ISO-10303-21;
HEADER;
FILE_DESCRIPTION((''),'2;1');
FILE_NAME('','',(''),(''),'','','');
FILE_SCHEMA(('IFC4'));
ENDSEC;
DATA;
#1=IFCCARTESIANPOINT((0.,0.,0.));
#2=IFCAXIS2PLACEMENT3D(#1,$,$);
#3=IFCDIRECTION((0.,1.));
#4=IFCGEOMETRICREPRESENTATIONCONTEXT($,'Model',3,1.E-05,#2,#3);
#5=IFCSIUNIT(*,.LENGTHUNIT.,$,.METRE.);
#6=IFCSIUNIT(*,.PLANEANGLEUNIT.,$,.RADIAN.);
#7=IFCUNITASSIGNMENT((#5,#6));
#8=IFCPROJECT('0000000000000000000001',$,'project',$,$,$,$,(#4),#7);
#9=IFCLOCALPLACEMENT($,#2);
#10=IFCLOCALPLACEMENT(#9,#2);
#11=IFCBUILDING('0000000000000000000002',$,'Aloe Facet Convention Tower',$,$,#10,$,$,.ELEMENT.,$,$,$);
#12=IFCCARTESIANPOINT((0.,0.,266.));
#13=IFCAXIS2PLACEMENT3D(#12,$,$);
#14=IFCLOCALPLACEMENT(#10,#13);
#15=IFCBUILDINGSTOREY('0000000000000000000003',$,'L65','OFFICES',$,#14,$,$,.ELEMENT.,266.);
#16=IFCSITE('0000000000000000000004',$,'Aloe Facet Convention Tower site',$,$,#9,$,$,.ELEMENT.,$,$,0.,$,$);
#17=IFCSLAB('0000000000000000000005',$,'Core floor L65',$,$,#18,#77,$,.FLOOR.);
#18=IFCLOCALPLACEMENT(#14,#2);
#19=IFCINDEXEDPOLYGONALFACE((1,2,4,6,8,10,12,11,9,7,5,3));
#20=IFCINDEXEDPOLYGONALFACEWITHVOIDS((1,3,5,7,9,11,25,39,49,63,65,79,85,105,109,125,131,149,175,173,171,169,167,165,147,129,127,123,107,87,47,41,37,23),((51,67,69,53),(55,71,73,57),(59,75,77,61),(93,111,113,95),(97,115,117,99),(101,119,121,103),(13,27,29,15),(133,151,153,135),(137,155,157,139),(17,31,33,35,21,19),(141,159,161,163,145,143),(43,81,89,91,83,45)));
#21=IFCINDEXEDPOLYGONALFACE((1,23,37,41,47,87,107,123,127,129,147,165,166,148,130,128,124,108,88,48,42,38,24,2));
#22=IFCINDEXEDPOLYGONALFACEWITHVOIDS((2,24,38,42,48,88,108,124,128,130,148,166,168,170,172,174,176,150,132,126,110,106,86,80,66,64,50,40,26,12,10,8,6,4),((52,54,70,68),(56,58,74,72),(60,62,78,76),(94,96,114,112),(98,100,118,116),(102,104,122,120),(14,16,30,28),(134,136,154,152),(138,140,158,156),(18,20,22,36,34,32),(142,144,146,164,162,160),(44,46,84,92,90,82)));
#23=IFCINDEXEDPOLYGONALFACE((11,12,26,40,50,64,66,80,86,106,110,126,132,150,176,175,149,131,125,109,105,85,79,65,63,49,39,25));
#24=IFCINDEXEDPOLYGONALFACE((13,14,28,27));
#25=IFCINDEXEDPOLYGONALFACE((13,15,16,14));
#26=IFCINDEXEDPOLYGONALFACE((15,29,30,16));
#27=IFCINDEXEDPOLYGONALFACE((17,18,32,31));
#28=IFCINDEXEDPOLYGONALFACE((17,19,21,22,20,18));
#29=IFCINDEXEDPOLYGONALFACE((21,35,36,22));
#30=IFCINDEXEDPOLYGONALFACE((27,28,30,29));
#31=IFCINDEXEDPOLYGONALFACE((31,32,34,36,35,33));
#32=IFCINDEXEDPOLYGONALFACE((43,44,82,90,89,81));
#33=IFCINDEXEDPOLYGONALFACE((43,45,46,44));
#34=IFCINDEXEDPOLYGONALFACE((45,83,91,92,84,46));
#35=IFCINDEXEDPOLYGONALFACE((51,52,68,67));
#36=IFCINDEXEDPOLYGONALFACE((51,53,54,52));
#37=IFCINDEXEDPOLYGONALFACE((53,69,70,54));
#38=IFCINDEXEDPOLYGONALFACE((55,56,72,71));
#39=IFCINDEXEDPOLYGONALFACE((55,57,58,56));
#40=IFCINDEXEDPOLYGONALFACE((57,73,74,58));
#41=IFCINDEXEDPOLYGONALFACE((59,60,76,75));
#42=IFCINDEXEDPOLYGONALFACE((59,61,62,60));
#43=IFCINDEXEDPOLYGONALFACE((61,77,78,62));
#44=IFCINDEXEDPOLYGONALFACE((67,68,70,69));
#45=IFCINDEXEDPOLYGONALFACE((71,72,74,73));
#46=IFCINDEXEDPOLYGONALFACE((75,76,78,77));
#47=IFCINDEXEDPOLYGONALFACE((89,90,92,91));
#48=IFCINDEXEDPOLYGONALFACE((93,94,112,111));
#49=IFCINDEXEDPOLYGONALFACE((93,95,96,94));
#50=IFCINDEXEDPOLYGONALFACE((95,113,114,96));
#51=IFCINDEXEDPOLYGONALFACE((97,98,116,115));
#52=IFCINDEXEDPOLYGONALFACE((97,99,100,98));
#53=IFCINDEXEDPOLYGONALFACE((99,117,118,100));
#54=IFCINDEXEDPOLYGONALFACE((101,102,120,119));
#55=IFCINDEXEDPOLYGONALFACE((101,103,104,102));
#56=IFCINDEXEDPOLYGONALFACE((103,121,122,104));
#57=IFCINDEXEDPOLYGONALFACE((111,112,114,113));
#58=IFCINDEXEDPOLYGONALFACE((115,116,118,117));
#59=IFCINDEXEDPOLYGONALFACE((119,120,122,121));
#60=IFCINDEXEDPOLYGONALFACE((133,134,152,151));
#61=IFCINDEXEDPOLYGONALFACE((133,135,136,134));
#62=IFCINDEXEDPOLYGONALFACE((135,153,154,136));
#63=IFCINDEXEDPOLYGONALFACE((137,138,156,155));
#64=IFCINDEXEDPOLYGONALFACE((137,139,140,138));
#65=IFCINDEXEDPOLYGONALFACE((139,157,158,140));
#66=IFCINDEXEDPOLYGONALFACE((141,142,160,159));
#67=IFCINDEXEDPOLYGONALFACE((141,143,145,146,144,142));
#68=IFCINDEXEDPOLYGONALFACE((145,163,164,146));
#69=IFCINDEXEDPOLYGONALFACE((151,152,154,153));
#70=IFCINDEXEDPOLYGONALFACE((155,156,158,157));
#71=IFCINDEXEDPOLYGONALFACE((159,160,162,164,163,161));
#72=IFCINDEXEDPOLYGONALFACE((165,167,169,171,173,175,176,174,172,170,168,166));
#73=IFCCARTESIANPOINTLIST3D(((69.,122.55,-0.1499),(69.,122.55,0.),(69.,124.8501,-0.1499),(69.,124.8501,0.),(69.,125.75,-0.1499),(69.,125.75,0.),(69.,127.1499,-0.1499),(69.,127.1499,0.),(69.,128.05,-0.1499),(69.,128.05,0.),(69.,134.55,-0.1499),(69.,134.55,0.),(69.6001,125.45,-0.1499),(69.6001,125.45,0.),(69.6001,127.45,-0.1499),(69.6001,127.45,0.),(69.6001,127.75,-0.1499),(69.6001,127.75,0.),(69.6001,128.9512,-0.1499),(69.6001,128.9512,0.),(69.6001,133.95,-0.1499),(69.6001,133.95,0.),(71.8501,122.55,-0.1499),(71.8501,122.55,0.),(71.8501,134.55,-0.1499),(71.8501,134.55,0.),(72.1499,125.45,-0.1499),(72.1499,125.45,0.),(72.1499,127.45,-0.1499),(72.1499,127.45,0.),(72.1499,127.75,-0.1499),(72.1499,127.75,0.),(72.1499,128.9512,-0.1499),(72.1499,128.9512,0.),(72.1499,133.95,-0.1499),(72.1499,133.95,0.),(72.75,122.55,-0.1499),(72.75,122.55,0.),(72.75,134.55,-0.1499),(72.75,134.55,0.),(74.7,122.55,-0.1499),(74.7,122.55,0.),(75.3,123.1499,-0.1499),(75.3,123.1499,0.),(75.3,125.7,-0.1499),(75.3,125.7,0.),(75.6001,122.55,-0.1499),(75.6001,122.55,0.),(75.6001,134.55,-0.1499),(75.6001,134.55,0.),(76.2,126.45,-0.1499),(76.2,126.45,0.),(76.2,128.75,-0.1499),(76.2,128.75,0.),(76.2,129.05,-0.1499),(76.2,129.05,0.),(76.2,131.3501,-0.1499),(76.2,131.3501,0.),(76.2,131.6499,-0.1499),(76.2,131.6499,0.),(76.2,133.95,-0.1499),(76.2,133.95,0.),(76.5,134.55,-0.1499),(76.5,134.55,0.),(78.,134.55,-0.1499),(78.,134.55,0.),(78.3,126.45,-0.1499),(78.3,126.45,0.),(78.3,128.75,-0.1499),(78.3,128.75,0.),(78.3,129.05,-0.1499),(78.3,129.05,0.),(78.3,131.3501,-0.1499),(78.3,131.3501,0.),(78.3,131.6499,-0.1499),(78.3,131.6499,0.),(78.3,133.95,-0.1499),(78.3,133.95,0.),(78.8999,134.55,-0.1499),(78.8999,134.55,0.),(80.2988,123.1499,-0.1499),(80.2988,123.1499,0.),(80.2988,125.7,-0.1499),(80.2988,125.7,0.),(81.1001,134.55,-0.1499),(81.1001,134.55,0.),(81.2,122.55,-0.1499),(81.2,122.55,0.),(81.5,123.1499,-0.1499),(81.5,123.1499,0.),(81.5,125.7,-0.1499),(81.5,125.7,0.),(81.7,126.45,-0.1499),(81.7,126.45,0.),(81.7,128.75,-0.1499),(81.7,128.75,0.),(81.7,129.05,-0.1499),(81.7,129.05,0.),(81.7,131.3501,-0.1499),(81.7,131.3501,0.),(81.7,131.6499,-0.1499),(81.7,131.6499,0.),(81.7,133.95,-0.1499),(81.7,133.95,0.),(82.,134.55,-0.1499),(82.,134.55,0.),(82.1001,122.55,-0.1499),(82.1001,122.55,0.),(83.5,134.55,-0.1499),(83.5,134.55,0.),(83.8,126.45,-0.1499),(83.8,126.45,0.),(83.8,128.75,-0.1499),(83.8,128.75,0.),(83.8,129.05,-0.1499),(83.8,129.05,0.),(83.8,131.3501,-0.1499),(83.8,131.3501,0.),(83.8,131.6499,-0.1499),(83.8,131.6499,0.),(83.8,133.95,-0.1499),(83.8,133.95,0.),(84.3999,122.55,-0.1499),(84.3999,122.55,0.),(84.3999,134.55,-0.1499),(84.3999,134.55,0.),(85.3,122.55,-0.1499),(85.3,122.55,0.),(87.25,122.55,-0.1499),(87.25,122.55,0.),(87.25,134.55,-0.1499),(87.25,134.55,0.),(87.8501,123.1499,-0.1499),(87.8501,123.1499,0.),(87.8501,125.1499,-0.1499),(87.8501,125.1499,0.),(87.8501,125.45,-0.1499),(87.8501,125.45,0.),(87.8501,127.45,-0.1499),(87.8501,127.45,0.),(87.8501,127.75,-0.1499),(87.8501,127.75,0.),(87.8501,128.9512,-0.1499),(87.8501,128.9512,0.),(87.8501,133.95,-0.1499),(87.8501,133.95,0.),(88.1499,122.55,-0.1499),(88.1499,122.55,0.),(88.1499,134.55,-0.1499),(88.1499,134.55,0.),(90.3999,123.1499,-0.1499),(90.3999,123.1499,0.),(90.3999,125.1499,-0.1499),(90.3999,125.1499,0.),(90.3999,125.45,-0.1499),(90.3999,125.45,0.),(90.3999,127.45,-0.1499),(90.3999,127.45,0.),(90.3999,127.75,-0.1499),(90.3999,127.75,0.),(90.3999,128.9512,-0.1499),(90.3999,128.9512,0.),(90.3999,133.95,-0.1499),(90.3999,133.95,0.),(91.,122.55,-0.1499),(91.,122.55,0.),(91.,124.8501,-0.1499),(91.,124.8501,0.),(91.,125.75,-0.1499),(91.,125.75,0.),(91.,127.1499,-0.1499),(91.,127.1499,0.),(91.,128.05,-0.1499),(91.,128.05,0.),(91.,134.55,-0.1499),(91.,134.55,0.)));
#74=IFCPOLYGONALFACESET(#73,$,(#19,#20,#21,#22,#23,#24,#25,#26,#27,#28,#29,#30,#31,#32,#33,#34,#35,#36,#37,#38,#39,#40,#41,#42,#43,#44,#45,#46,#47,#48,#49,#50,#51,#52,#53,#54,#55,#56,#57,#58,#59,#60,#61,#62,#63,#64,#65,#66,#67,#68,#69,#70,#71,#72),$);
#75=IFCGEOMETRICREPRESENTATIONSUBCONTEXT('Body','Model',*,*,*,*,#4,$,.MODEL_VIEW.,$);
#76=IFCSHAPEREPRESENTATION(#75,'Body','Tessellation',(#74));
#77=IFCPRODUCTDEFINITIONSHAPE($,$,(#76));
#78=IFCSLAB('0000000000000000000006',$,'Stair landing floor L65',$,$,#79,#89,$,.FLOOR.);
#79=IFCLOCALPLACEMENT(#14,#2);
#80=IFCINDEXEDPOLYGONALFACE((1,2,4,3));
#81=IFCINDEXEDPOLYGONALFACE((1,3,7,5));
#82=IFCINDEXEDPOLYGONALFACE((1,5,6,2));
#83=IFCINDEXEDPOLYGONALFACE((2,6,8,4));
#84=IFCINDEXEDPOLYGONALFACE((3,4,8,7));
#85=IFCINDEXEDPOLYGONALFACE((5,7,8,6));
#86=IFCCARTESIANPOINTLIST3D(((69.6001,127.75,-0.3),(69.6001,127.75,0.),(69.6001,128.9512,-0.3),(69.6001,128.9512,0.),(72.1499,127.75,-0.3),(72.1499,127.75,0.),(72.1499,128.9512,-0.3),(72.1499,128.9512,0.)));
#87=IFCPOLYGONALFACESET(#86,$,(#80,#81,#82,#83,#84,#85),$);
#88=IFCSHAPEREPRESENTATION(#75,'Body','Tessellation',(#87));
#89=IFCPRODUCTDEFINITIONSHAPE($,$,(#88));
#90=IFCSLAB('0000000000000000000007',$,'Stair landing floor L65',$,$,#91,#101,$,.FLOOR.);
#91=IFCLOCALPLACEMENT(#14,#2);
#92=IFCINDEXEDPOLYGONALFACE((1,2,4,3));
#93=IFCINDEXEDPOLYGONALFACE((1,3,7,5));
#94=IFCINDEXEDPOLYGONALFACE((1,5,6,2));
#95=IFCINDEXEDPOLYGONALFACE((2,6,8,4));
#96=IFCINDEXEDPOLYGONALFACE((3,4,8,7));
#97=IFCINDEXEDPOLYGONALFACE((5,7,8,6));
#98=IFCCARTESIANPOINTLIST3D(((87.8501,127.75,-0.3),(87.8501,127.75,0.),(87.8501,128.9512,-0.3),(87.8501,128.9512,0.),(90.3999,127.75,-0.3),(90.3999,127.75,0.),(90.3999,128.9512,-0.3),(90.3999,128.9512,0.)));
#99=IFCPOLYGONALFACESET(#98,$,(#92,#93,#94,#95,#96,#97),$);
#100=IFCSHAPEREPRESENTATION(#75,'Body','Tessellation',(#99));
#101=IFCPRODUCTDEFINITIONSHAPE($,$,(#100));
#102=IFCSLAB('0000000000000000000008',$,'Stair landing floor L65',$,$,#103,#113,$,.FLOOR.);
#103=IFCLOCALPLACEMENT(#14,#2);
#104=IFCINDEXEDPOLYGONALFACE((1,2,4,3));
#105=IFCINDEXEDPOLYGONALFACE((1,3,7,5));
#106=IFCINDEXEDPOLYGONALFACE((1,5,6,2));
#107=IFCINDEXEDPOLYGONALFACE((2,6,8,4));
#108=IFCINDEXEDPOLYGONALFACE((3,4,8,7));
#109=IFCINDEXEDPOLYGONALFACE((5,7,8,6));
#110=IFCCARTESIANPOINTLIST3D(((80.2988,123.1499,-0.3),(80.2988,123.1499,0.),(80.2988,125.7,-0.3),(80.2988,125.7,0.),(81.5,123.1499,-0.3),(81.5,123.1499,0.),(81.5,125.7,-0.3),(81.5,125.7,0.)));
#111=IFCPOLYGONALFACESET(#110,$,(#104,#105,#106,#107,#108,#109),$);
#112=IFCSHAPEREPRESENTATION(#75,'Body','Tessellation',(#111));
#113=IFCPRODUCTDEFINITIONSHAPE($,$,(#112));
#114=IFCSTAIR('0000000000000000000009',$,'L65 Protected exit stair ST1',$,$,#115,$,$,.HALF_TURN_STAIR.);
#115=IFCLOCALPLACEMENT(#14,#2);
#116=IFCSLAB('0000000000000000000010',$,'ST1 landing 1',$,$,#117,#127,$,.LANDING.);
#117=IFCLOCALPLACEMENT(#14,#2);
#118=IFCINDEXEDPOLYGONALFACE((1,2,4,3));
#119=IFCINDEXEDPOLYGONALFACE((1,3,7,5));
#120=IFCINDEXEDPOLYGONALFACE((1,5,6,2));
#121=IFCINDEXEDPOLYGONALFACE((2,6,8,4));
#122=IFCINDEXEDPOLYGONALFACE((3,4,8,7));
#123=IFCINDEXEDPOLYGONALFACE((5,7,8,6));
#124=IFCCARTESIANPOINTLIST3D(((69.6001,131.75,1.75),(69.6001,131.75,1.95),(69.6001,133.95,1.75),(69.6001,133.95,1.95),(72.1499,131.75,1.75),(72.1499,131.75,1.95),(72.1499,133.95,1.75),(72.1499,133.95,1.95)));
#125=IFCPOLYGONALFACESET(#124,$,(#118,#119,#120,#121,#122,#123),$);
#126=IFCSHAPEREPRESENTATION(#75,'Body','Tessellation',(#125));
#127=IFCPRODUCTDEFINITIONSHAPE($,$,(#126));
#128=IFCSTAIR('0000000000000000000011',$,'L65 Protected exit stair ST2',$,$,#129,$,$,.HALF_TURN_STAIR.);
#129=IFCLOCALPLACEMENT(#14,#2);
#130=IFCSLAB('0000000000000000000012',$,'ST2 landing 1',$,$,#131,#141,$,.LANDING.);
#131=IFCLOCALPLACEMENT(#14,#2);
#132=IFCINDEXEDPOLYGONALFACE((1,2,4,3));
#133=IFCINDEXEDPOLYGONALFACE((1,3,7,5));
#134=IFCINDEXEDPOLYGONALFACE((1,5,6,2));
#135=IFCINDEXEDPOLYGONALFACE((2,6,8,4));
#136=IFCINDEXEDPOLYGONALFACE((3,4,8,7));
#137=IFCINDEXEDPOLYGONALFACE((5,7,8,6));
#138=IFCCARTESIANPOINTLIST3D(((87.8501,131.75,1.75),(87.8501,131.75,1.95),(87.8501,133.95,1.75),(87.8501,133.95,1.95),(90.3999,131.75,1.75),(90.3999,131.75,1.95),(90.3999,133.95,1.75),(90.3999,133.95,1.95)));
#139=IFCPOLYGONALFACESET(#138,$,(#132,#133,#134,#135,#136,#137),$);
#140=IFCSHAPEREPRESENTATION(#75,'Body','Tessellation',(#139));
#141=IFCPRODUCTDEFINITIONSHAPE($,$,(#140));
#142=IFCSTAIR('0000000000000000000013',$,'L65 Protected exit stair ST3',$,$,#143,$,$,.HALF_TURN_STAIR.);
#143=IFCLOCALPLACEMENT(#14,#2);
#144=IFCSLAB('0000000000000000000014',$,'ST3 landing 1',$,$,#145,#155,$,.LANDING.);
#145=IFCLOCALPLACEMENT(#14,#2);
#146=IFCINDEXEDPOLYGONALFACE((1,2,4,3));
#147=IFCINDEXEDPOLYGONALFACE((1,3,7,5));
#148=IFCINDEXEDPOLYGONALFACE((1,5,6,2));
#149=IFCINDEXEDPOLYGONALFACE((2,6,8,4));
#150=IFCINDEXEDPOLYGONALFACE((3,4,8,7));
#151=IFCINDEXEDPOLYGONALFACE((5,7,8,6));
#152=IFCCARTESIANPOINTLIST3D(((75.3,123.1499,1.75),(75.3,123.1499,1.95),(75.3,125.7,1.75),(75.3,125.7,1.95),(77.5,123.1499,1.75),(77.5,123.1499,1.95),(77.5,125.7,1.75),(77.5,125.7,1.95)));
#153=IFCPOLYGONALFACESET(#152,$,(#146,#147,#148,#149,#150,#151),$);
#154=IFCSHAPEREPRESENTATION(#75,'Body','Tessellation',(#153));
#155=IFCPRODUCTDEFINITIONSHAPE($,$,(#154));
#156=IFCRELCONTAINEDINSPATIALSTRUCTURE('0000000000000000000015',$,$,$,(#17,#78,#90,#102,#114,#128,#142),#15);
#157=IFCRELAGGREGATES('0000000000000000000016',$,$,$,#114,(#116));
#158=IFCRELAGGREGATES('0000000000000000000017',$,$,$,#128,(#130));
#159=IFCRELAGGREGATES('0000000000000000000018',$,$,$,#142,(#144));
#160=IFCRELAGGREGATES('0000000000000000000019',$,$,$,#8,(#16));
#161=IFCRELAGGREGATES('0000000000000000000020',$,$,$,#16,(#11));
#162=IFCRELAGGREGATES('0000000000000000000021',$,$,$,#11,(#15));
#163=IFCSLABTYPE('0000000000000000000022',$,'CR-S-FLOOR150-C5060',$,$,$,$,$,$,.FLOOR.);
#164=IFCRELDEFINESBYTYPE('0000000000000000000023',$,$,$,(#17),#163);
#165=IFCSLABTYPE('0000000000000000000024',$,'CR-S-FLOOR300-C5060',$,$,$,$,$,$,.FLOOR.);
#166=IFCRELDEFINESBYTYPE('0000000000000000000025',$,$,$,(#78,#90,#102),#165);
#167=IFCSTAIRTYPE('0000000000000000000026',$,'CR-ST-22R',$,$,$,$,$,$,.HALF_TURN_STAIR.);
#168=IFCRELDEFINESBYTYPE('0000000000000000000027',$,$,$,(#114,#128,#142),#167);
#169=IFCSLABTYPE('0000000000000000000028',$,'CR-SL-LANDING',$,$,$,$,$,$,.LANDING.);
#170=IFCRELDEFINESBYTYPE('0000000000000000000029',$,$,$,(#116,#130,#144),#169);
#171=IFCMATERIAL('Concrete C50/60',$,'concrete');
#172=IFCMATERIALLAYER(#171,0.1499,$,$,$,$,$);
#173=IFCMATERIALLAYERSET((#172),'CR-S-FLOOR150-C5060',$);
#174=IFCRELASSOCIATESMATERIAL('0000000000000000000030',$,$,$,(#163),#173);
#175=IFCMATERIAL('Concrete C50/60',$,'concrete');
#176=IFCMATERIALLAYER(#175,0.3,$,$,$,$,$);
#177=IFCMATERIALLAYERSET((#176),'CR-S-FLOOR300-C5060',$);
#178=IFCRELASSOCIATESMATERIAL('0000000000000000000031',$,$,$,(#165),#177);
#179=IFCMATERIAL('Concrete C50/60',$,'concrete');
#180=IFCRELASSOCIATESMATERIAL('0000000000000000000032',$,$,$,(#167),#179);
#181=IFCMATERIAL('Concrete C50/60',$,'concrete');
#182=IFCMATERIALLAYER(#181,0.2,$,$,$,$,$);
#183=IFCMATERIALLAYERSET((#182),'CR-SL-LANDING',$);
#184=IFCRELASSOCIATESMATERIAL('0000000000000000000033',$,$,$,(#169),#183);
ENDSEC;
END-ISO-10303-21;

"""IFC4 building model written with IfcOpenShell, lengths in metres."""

from ifc_helpers import new_model, si_unit, direction, frame, origin, place, context, subcontext, project, spatial, polyline, outline, extrude, material, layer, layer_set, type_object, element, aggregate, save


model = new_model("IFC4")

# Units and contexts
model_context = context("Model", 3, precision=1e-05, world=origin(), true_north=direction((0.0, 1.0)))
body_context = subcontext(model_context, "Body", "Model", "MODEL_VIEW")
ifc_project = project(units=[si_unit("LENGTHUNIT", "METRE"), si_unit("PLANEANGLEUNIT", "RADIAN")], contexts=[model_context])

# Site, building, storey
site_placement = place(None, origin())
site = spatial("IfcSite", under=ifc_project, at=site_placement, Name="Aloe Facet Convention Tower site", CompositionType="ELEMENT", RefElevation=0.0)
building_placement = place(site_placement, origin())
building = spatial("IfcBuilding", under=site, at=building_placement, Name="Aloe Facet Convention Tower", CompositionType="ELEMENT")
storey_placement = place(building_placement, frame((0.0, 0.0, 266.0)))
storey = spatial("IfcBuildingStorey", under=building, at=storey_placement, Name="L65", Description="OFFICES", CompositionType="ELEMENT", Elevation=266.0)

# Slabs
ifc_material_1 = material(Name="Concrete C50/60", Category="concrete")
ifc_layer_1 = layer(ifc_material_1, 0.1499)
ifc_layer_set_1 = layer_set([ifc_layer_1], Name="CR-S-FLOOR150-C5060")
slab_type_1 = type_object("IfcSlabType", Name="CR-S-FLOOR150-C5060", PredefinedType="FLOOR", material=ifc_layer_set_1)
slab_1_placement = place(storey_placement, frame((0.0, 0.0, -0.1499)))
element("IfcSlab", 1, at=slab_1_placement, inside=storey, type_object=slab_type_1, Name="Core floor L65", PredefinedType="FLOOR", context=body_context, shape_type="SweptSolid", body=[
    extrude(outline(polyline([(71.8501, 134.55), (72.75, 134.55), (75.6001, 134.55), (76.5, 134.55), (78.0, 134.55), (78.8999, 134.55), (81.1001, 134.55), (82.0, 134.55), (83.5, 134.55), (84.3999, 134.55), (87.25, 134.55), (88.1499, 134.55), (91.0, 134.55), (91.0, 128.05), (91.0, 127.1499), (91.0, 125.75), (91.0, 124.8501), (91.0, 122.55), (88.1499, 122.55), (87.25, 122.55), (85.3, 122.55), (84.3999, 122.55), (82.1001, 122.55), (81.2, 122.55), (75.6001, 122.55), (74.7, 122.55), (72.75, 122.55), (71.8501, 122.55), (69.0, 122.55), (69.0, 124.8501), (69.0, 125.75), (69.0, 127.1499), (69.0, 128.05), (69.0, 134.55), (71.8501, 134.55)]), holes=[polyline([(80.2988, 123.1499), (81.5, 123.1499), (81.5, 125.7), (80.2988, 125.7), (75.3, 125.7), (75.3, 123.1499), (80.2988, 123.1499)]), polyline([(69.6001, 125.45), (72.1499, 125.45), (72.1499, 127.45), (69.6001, 127.45), (69.6001, 125.45)]), polyline([(76.2, 126.45), (78.3, 126.45), (78.3, 128.75), (76.2, 128.75), (76.2, 126.45)]), polyline([(78.3, 129.05), (78.3, 131.3501), (76.2, 131.3501), (76.2, 129.05), (78.3, 129.05)]), polyline([(69.6001, 133.95), (69.6001, 128.9512), (69.6001, 127.75), (72.1499, 127.75), (72.1499, 128.9512), (72.1499, 133.95), (69.6001, 133.95)]), polyline([(76.2, 131.6499), (78.3, 131.6499), (78.3, 133.95), (76.2, 133.95), (76.2, 131.6499)]), polyline([(90.3999, 123.1499), (90.3999, 125.1499), (87.8501, 125.1499), (87.8501, 123.1499), (90.3999, 123.1499)]), polyline([(87.8501, 125.45), (90.3999, 125.45), (90.3999, 127.45), (87.8501, 127.45), (87.8501, 125.45)]), polyline([(81.7, 126.45), (83.8, 126.45), (83.8, 128.75), (81.7, 128.75), (81.7, 126.45)]), polyline([(83.8, 129.05), (83.8, 131.3501), (81.7, 131.3501), (81.7, 129.05), (83.8, 129.05)]), polyline([(87.8501, 133.95), (87.8501, 128.9512), (87.8501, 127.75), (90.3999, 127.75), (90.3999, 128.9512), (90.3999, 133.95), (87.8501, 133.95)]), polyline([(81.7, 131.6499), (83.8, 131.6499), (83.8, 133.95), (81.7, 133.95), (81.7, 131.6499)])]), origin(), (0.0, 0.0, 1.0), 0.1499),
])
ifc_material_2 = material(Name="Concrete C50/60", Category="concrete")
ifc_layer_2 = layer(ifc_material_2, 0.3)
ifc_layer_set_2 = layer_set([ifc_layer_2], Name="CR-S-FLOOR300-C5060")
slab_type_2 = type_object("IfcSlabType", Name="CR-S-FLOOR300-C5060", PredefinedType="FLOOR", material=ifc_layer_set_2)
slab_2_placement = place(storey_placement, frame((0.0, 0.0, -0.3)))
element("IfcSlab", 2, at=slab_2_placement, inside=storey, type_object=slab_type_2, Name="Stair landing floor L65", PredefinedType="FLOOR", context=body_context, shape_type="SweptSolid", body=[
    extrude(outline(polyline([(72.1499, 127.75), (72.1499, 128.9512), (69.6001, 128.9512), (69.6001, 127.75), (72.1499, 127.75)])), origin(), (0.0, 0.0, 1.0), 0.3),
])
slab_3_placement = place(storey_placement, frame((0.0, 0.0, -0.3)))
element("IfcSlab", 3, at=slab_3_placement, inside=storey, type_object=slab_type_2, Name="Stair landing floor L65", PredefinedType="FLOOR", context=body_context, shape_type="SweptSolid", body=[
    extrude(outline(polyline([(90.3999, 127.75), (90.3999, 128.9512), (87.8501, 128.9512), (87.8501, 127.75), (90.3999, 127.75)])), origin(), (0.0, 0.0, 1.0), 0.3),
])
slab_4_placement = place(storey_placement, frame((0.0, 0.0, -0.3)))
element("IfcSlab", 4, at=slab_4_placement, inside=storey, type_object=slab_type_2, Name="Stair landing floor L65", PredefinedType="FLOOR", context=body_context, shape_type="SweptSolid", body=[
    extrude(outline(polyline([(81.5, 125.7), (80.2988, 125.7), (80.2988, 123.1499), (81.5, 123.1499), (81.5, 125.7)])), origin(), (0.0, 0.0, 1.0), 0.3),
])

# Stairs, slabs
ifc_material_3 = material(Name="Concrete C50/60", Category="concrete")
stair_type = type_object("IfcStairType", Name="CR-ST-22R", PredefinedType="HALF_TURN_STAIR", material=ifc_material_3)
stair_1_placement = place(storey_placement, origin())
stair_1 = element("IfcStair", 5, at=stair_1_placement, inside=storey, type_object=stair_type, Name="L65 Protected exit stair ST1", PredefinedType="HALF_TURN_STAIR")
ifc_material_4 = material(Name="Concrete C50/60", Category="concrete")
ifc_layer_3 = layer(ifc_material_4, 0.2)
ifc_layer_set_3 = layer_set([ifc_layer_3], Name="CR-SL-LANDING")
slab_type_3 = type_object("IfcSlabType", Name="CR-SL-LANDING", PredefinedType="LANDING", material=ifc_layer_set_3)
slab_5_placement = place(storey_placement, frame((0.0, 0.0, 1.75)))
slab_5 = element("IfcSlab", 6, at=slab_5_placement, type_object=slab_type_3, Name="ST1 landing 1", PredefinedType="LANDING", context=body_context, shape_type="SweptSolid", body=[
    extrude(outline(polyline([(72.1499, 131.75), (72.1499, 133.95), (69.6001, 133.95), (69.6001, 131.75), (72.1499, 131.75)])), origin(), (0.0, 0.0, 1.0), 0.2),
])
aggregate(stair_1, [slab_5])
stair_2_placement = place(storey_placement, origin())
stair_2 = element("IfcStair", 7, at=stair_2_placement, inside=storey, type_object=stair_type, Name="L65 Protected exit stair ST2", PredefinedType="HALF_TURN_STAIR")
slab_6_placement = place(storey_placement, frame((0.0, 0.0, 1.75)))
slab_6 = element("IfcSlab", 8, at=slab_6_placement, type_object=slab_type_3, Name="ST2 landing 1", PredefinedType="LANDING", context=body_context, shape_type="SweptSolid", body=[
    extrude(outline(polyline([(90.3999, 131.75), (90.3999, 133.95), (87.8501, 133.95), (87.8501, 131.75), (90.3999, 131.75)])), origin(), (0.0, 0.0, 1.0), 0.2),
])
aggregate(stair_2, [slab_6])
stair_3_placement = place(storey_placement, origin())
stair_3 = element("IfcStair", 9, at=stair_3_placement, inside=storey, type_object=stair_type, Name="L65 Protected exit stair ST3", PredefinedType="HALF_TURN_STAIR")
slab_7_placement = place(storey_placement, frame((0.0, 0.0, 1.75)))
slab_7 = element("IfcSlab", 10, at=slab_7_placement, type_object=slab_type_3, Name="ST3 landing 1", PredefinedType="LANDING", context=body_context, shape_type="SweptSolid", body=[
    extrude(outline(polyline([(77.5, 125.7), (75.3, 125.7), (75.3, 123.1499), (77.5, 123.1499), (77.5, 125.7)])), origin(), (0.0, 0.0, 1.0), 0.2),
])
aggregate(stair_3, [slab_7])

save(model, "model.ifc")
